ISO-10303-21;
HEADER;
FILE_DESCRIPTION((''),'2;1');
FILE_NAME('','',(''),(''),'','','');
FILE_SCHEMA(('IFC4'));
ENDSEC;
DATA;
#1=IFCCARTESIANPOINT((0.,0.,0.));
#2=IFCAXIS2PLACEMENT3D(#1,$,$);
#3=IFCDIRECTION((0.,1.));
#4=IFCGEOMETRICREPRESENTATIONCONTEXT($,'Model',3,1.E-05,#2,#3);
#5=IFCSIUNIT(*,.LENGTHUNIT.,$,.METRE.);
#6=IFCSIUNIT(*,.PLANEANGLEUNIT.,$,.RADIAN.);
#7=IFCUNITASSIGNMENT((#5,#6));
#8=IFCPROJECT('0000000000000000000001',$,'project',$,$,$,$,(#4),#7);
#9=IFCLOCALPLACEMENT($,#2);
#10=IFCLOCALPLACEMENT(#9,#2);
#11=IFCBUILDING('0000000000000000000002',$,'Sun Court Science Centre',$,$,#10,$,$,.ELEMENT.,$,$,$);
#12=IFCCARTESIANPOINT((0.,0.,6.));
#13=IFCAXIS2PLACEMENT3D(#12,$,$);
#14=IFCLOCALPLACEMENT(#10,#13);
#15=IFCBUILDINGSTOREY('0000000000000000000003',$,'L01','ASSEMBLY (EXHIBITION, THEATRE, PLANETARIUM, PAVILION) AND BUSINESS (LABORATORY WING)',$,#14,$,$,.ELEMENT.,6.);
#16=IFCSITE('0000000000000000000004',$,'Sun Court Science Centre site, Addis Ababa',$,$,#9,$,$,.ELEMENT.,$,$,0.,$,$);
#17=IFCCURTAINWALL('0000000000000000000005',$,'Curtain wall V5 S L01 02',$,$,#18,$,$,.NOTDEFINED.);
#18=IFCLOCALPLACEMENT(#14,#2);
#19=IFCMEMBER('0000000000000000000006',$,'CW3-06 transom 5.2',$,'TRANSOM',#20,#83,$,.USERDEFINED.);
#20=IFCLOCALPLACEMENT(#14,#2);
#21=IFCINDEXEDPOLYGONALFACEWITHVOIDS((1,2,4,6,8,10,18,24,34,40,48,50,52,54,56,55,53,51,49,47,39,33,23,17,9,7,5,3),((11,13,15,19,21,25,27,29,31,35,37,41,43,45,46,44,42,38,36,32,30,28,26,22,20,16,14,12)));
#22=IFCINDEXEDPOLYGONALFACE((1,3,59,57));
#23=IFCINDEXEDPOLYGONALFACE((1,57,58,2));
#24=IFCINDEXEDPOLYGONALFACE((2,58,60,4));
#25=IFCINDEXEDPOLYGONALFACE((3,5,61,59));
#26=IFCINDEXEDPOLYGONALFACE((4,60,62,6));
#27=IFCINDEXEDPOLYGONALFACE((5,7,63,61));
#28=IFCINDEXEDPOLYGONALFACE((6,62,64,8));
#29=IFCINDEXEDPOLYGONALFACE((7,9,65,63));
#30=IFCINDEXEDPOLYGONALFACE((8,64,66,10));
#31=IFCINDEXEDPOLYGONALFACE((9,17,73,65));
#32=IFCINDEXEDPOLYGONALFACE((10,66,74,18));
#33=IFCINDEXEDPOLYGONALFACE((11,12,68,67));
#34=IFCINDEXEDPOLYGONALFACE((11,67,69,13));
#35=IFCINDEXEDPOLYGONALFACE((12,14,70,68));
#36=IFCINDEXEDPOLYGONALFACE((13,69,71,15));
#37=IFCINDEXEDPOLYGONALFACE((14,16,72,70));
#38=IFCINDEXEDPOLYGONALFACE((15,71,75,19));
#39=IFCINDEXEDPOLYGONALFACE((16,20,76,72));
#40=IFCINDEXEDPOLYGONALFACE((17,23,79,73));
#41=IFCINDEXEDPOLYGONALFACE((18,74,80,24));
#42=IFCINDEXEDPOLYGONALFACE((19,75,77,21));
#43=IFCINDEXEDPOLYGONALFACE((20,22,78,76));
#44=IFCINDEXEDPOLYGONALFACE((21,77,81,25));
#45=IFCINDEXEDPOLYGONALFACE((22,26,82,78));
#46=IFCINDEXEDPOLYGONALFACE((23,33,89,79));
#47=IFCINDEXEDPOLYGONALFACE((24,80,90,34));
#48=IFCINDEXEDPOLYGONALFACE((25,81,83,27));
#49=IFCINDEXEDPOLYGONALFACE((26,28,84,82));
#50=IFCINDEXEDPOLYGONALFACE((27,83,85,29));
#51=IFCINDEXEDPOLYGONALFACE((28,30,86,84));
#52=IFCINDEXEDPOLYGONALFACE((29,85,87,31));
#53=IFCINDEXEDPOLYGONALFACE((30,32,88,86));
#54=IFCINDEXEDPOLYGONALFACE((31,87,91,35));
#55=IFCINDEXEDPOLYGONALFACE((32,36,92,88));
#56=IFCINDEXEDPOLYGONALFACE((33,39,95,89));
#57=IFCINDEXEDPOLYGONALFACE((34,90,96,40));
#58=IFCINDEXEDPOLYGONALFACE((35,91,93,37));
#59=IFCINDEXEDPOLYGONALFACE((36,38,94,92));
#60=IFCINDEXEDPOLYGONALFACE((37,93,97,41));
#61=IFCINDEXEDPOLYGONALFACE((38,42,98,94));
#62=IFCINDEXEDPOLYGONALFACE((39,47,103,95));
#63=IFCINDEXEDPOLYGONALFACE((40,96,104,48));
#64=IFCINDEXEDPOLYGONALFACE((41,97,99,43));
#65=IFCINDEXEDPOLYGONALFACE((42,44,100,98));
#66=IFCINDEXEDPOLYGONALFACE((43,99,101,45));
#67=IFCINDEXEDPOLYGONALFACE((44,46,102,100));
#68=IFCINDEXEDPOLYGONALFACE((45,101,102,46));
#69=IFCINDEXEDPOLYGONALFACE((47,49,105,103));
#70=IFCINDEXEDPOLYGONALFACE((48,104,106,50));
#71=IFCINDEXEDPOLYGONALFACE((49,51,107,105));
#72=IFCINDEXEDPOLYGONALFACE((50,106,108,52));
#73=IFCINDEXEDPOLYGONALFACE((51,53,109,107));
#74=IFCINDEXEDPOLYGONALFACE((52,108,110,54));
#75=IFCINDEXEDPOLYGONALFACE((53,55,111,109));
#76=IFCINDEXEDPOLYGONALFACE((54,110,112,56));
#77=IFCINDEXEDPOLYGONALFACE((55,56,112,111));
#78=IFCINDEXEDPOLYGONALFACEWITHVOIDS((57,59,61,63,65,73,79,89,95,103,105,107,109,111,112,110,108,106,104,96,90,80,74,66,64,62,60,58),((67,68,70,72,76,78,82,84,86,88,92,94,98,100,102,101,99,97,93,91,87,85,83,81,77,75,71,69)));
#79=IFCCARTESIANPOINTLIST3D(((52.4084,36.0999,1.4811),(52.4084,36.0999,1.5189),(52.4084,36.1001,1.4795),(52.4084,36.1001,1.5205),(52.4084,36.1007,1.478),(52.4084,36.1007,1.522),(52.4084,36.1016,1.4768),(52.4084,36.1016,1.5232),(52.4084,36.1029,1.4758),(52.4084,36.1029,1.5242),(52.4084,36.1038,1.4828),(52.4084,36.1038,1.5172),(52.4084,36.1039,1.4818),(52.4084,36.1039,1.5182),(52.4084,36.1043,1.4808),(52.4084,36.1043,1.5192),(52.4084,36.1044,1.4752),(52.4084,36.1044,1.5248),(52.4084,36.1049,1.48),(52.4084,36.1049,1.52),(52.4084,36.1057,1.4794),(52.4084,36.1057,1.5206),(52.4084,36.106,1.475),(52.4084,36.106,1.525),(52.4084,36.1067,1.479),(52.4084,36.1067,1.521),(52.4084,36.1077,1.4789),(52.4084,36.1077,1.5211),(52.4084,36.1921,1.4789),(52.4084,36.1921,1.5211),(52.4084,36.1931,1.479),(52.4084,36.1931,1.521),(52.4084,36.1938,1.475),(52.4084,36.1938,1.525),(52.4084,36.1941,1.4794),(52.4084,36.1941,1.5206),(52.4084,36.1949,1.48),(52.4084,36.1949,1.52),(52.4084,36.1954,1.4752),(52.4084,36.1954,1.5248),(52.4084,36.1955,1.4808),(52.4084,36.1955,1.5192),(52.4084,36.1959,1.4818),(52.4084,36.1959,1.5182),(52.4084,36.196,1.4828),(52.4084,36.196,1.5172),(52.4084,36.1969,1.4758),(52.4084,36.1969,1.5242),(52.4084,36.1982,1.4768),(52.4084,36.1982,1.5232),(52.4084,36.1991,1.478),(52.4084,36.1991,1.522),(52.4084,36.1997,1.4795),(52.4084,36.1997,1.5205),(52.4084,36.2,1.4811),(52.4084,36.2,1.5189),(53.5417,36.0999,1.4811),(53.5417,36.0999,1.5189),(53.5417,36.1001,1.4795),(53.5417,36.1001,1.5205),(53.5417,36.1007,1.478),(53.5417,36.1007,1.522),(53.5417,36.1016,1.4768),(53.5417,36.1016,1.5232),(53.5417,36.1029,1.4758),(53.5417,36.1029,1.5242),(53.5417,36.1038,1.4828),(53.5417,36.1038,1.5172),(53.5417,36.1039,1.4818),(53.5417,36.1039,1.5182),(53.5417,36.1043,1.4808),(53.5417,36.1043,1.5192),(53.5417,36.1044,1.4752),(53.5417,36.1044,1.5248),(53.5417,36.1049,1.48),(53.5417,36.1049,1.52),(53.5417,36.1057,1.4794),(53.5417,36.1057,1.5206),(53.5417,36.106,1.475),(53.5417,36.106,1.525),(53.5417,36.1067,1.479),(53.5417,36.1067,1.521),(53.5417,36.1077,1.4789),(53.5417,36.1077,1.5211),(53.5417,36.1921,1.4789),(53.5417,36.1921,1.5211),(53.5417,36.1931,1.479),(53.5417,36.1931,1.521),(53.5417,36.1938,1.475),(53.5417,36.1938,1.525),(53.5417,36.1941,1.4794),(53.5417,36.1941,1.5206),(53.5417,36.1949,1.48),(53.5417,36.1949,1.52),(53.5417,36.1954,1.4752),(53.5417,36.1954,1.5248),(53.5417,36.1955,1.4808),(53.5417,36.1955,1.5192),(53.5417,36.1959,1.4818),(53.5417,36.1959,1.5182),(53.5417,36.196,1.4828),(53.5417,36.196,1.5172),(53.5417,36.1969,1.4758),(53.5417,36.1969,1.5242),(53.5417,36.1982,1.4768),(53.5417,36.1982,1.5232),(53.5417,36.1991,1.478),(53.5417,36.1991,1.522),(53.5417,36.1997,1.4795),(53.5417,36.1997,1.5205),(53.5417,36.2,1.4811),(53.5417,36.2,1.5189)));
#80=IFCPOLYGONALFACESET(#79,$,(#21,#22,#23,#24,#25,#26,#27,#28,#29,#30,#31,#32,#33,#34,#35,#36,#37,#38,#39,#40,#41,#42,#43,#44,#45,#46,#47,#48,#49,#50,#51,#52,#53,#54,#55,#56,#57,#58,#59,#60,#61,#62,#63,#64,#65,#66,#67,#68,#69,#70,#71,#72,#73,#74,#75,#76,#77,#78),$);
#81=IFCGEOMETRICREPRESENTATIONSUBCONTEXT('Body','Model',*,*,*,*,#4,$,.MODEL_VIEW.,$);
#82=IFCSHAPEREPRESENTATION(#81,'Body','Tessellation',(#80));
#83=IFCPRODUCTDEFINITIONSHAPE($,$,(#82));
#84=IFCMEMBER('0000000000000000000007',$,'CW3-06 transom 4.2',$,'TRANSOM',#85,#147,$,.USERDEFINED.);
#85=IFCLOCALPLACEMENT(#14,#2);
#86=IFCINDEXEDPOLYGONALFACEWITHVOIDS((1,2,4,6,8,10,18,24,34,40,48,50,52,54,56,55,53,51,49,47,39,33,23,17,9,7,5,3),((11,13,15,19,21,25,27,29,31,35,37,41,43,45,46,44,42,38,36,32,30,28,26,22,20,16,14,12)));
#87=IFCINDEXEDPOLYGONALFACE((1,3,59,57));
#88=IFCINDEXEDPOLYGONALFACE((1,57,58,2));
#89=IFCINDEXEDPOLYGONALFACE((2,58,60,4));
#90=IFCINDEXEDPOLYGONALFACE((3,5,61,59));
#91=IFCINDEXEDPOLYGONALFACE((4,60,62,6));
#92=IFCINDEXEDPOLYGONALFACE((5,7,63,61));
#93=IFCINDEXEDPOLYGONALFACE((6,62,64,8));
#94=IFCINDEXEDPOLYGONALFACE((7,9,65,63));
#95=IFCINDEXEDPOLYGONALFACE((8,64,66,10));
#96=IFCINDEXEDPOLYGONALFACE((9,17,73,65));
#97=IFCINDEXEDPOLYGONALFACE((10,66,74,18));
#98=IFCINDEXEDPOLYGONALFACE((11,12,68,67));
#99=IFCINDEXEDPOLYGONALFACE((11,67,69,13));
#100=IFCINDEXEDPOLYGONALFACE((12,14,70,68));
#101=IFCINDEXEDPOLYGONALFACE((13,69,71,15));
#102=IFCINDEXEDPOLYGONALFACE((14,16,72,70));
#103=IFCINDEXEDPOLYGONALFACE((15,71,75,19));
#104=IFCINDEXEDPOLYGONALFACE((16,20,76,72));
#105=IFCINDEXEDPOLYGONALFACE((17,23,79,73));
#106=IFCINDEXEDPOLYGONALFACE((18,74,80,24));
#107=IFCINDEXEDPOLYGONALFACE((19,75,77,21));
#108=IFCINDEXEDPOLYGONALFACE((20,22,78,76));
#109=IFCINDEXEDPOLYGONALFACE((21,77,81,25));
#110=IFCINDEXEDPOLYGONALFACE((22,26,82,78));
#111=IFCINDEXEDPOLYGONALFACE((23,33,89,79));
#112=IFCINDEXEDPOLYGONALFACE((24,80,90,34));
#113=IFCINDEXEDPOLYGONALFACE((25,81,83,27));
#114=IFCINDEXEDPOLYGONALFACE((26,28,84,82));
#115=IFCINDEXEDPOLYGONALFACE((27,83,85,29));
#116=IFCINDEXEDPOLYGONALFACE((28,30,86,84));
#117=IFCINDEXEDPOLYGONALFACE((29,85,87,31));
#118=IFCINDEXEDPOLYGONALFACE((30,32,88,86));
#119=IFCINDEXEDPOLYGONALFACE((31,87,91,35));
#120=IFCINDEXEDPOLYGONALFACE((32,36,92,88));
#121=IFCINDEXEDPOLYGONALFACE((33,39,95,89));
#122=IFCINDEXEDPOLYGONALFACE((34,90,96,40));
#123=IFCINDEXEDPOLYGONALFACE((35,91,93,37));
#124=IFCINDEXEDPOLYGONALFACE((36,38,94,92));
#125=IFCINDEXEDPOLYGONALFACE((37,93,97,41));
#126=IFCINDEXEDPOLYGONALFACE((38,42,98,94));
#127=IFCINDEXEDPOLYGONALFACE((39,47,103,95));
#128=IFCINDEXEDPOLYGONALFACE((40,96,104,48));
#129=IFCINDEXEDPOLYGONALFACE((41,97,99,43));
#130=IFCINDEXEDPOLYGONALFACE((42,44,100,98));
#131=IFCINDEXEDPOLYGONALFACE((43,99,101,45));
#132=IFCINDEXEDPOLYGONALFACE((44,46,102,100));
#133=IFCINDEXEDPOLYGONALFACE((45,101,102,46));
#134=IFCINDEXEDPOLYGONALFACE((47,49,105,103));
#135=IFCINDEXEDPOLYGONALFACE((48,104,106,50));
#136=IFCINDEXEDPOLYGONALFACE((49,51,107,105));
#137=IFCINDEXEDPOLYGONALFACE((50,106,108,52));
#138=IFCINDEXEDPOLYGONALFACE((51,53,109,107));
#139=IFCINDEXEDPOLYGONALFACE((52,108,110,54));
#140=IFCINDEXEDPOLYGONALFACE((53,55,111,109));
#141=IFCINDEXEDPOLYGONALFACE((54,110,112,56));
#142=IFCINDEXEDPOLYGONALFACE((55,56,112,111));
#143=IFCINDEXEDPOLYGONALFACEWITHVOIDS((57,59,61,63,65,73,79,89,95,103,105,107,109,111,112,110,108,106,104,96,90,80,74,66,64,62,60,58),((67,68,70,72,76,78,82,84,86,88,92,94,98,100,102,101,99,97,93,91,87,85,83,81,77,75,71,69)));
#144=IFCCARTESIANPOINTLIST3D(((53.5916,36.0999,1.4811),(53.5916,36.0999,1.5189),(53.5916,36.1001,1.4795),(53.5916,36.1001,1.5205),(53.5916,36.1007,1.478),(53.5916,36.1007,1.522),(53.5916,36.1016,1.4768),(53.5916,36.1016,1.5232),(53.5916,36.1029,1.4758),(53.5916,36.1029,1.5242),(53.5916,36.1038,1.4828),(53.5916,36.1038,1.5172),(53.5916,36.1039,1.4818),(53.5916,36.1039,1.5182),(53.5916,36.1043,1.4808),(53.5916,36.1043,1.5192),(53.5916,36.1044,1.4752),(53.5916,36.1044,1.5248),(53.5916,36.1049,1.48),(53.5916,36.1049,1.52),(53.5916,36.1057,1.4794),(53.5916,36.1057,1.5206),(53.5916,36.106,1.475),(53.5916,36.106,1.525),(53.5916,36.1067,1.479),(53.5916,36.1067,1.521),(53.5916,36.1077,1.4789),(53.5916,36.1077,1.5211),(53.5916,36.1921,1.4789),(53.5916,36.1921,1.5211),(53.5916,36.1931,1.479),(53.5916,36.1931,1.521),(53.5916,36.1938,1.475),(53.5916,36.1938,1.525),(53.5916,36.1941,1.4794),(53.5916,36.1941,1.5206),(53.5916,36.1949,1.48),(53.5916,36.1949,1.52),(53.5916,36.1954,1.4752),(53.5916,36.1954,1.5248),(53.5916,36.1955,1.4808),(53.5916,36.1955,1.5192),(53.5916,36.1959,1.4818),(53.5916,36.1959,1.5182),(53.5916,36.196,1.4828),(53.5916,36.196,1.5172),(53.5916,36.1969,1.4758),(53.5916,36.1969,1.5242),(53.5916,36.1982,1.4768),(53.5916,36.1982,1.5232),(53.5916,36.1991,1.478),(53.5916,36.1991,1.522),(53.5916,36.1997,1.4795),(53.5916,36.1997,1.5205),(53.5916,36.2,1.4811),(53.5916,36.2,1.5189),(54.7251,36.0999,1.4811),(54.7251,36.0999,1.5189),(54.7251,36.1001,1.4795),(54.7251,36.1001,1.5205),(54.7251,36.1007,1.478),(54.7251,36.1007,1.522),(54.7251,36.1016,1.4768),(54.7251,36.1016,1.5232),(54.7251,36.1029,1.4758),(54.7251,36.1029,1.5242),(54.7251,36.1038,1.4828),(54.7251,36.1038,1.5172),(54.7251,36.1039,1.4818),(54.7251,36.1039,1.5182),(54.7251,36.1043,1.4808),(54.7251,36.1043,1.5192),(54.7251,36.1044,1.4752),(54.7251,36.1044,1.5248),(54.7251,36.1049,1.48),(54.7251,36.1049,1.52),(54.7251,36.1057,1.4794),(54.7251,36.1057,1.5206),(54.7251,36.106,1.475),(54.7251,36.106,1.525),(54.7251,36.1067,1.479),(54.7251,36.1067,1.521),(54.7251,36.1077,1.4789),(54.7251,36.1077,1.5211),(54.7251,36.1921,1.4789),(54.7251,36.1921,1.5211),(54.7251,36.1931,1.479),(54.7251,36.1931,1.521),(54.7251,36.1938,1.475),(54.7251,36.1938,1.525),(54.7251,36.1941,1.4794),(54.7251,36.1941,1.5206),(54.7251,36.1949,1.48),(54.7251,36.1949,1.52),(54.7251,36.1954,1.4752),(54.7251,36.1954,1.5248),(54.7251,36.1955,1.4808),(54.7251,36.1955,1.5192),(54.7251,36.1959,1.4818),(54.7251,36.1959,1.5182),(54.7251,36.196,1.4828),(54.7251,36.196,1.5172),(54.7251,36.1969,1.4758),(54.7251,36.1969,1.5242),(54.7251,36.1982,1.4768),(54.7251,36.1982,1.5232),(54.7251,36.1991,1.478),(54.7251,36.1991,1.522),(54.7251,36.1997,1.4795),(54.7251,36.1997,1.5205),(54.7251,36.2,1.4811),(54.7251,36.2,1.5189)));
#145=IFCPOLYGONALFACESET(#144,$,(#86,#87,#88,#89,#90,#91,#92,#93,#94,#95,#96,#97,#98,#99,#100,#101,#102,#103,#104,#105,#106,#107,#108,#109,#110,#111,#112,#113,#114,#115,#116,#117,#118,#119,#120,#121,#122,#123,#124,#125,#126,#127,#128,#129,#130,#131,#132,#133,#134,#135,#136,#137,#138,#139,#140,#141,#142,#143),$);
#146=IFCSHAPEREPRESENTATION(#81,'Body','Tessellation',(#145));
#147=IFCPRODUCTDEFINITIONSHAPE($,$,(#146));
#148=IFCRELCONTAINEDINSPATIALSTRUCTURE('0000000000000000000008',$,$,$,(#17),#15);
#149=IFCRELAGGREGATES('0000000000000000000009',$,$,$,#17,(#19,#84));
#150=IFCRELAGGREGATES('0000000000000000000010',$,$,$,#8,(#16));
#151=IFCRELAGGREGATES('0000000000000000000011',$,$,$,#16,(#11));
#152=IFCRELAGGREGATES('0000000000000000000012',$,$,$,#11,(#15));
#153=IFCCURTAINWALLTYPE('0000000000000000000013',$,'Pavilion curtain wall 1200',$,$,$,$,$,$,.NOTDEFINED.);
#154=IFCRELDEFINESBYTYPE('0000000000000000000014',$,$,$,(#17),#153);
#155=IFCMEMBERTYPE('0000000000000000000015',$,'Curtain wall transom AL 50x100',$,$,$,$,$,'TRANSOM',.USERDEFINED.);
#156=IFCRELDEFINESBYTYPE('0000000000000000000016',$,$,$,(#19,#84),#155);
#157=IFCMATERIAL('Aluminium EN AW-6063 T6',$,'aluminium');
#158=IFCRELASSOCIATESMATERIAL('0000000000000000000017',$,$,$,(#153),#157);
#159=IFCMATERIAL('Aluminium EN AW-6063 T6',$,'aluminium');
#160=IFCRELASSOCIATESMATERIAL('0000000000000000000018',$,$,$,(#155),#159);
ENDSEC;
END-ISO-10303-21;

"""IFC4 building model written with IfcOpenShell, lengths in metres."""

from ifc_helpers import new_model, si_unit, direction, frame, origin, origin_2d, place, context, subcontext, project, spatial, hollow_rectangle, extrude, material, material_profile, profile_set, type_object, element, aggregate, save


model = new_model("IFC4")

# Units and contexts
model_context = context("Model", 3, precision=1e-05, world=origin(), true_north=direction((0.0, 1.0)))
body_context = subcontext(model_context, "Body", "Model", "MODEL_VIEW")
ifc_project = project(units=[si_unit("LENGTHUNIT", "METRE"), si_unit("PLANEANGLEUNIT", "RADIAN")], contexts=[model_context])

# Site, building, storey
site_placement = place(None, origin())
site = spatial("IfcSite", under=ifc_project, at=site_placement, Name="Sun Court Science Centre site, Addis Ababa", CompositionType="ELEMENT", RefElevation=0.0)
building_placement = place(site_placement, origin())
building = spatial("IfcBuilding", under=site, at=building_placement, Name="Sun Court Science Centre", CompositionType="ELEMENT")
storey_placement = place(building_placement, frame((0.0, 0.0, 6.0)))
storey = spatial("IfcBuildingStorey", under=building, at=storey_placement, Name="L01", Description="ASSEMBLY (EXHIBITION, THEATRE, PLANETARIUM, PAVILION) AND BUSINESS (LABORATORY WING)", CompositionType="ELEMENT", Elevation=6.0)

# Curtain wall, members
ifc_material_1 = material(Name="Aluminium EN AW-6063 T6", Category="aluminium")
curtain_wall_type = type_object("IfcCurtainWallType", Name="Pavilion curtain wall 1200", PredefinedType="NOTDEFINED", material=ifc_material_1)
curtain_wall_placement = place(storey_placement, origin())
curtain_wall = element("IfcCurtainWall", 1, at=curtain_wall_placement, inside=storey, type_object=curtain_wall_type, Name="Curtain wall V5 S L01 02", PredefinedType="NOTDEFINED")
ifc_material_2 = material(Name="Aluminium EN AW-6063 T6", Category="aluminium")
ifc_material_profile_1 = material_profile(ifc_material_2, hollow_rectangle(XDim=0.05, YDim=0.1001, WallThickness=0.0039, InnerFilletRadius=0.0039, OuterFilletRadius=0.0061, at=origin_2d()), Name="AL 50x100x4")
ifc_profile_set_1 = profile_set([ifc_material_profile_1], Name="Aluminium EN AW-6063 T6")
member_type_1 = type_object("IfcMemberType", Name="Curtain wall transom AL 50x100", ElementType="TRANSOM", PredefinedType="USERDEFINED", material=ifc_profile_set_1)
member_1_placement = place(storey_placement, frame((53.5417, 36.1499, 1.5), z_axis=(-1.0, 0.0, 0.0), x_axis=(0.0, 0.0, 1.0)))
member_1 = element("IfcMember", 2, at=member_1_placement, type_object=member_type_1, Name="CW3-06 transom 5.2", ObjectType="TRANSOM", PredefinedType="USERDEFINED", context=body_context, shape_type="SweptSolid", body=[
    extrude(hollow_rectangle(XDim=0.05, YDim=0.1001, WallThickness=0.0039, InnerFilletRadius=0.0039, OuterFilletRadius=0.0061, at=origin_2d()), origin(), (0.0, 0.0, 1.0), 1.1333),
])
member_2_placement = place(storey_placement, frame((54.7251, 36.1499, 1.5), z_axis=(-1.0, 0.0, 0.0), x_axis=(0.0, 0.0, 1.0)))
member_2 = element("IfcMember", 3, at=member_2_placement, type_object=member_type_1, Name="CW3-06 transom 4.2", ObjectType="TRANSOM", PredefinedType="USERDEFINED", context=body_context, shape_type="SweptSolid", body=[
    extrude(hollow_rectangle(XDim=0.05, YDim=0.1001, WallThickness=0.0039, InnerFilletRadius=0.0039, OuterFilletRadius=0.0061, at=origin_2d()), origin(), (0.0, 0.0, 1.0), 1.1335),
])
aggregate(curtain_wall, [member_1, member_2])

save(model, "model.ifc")
